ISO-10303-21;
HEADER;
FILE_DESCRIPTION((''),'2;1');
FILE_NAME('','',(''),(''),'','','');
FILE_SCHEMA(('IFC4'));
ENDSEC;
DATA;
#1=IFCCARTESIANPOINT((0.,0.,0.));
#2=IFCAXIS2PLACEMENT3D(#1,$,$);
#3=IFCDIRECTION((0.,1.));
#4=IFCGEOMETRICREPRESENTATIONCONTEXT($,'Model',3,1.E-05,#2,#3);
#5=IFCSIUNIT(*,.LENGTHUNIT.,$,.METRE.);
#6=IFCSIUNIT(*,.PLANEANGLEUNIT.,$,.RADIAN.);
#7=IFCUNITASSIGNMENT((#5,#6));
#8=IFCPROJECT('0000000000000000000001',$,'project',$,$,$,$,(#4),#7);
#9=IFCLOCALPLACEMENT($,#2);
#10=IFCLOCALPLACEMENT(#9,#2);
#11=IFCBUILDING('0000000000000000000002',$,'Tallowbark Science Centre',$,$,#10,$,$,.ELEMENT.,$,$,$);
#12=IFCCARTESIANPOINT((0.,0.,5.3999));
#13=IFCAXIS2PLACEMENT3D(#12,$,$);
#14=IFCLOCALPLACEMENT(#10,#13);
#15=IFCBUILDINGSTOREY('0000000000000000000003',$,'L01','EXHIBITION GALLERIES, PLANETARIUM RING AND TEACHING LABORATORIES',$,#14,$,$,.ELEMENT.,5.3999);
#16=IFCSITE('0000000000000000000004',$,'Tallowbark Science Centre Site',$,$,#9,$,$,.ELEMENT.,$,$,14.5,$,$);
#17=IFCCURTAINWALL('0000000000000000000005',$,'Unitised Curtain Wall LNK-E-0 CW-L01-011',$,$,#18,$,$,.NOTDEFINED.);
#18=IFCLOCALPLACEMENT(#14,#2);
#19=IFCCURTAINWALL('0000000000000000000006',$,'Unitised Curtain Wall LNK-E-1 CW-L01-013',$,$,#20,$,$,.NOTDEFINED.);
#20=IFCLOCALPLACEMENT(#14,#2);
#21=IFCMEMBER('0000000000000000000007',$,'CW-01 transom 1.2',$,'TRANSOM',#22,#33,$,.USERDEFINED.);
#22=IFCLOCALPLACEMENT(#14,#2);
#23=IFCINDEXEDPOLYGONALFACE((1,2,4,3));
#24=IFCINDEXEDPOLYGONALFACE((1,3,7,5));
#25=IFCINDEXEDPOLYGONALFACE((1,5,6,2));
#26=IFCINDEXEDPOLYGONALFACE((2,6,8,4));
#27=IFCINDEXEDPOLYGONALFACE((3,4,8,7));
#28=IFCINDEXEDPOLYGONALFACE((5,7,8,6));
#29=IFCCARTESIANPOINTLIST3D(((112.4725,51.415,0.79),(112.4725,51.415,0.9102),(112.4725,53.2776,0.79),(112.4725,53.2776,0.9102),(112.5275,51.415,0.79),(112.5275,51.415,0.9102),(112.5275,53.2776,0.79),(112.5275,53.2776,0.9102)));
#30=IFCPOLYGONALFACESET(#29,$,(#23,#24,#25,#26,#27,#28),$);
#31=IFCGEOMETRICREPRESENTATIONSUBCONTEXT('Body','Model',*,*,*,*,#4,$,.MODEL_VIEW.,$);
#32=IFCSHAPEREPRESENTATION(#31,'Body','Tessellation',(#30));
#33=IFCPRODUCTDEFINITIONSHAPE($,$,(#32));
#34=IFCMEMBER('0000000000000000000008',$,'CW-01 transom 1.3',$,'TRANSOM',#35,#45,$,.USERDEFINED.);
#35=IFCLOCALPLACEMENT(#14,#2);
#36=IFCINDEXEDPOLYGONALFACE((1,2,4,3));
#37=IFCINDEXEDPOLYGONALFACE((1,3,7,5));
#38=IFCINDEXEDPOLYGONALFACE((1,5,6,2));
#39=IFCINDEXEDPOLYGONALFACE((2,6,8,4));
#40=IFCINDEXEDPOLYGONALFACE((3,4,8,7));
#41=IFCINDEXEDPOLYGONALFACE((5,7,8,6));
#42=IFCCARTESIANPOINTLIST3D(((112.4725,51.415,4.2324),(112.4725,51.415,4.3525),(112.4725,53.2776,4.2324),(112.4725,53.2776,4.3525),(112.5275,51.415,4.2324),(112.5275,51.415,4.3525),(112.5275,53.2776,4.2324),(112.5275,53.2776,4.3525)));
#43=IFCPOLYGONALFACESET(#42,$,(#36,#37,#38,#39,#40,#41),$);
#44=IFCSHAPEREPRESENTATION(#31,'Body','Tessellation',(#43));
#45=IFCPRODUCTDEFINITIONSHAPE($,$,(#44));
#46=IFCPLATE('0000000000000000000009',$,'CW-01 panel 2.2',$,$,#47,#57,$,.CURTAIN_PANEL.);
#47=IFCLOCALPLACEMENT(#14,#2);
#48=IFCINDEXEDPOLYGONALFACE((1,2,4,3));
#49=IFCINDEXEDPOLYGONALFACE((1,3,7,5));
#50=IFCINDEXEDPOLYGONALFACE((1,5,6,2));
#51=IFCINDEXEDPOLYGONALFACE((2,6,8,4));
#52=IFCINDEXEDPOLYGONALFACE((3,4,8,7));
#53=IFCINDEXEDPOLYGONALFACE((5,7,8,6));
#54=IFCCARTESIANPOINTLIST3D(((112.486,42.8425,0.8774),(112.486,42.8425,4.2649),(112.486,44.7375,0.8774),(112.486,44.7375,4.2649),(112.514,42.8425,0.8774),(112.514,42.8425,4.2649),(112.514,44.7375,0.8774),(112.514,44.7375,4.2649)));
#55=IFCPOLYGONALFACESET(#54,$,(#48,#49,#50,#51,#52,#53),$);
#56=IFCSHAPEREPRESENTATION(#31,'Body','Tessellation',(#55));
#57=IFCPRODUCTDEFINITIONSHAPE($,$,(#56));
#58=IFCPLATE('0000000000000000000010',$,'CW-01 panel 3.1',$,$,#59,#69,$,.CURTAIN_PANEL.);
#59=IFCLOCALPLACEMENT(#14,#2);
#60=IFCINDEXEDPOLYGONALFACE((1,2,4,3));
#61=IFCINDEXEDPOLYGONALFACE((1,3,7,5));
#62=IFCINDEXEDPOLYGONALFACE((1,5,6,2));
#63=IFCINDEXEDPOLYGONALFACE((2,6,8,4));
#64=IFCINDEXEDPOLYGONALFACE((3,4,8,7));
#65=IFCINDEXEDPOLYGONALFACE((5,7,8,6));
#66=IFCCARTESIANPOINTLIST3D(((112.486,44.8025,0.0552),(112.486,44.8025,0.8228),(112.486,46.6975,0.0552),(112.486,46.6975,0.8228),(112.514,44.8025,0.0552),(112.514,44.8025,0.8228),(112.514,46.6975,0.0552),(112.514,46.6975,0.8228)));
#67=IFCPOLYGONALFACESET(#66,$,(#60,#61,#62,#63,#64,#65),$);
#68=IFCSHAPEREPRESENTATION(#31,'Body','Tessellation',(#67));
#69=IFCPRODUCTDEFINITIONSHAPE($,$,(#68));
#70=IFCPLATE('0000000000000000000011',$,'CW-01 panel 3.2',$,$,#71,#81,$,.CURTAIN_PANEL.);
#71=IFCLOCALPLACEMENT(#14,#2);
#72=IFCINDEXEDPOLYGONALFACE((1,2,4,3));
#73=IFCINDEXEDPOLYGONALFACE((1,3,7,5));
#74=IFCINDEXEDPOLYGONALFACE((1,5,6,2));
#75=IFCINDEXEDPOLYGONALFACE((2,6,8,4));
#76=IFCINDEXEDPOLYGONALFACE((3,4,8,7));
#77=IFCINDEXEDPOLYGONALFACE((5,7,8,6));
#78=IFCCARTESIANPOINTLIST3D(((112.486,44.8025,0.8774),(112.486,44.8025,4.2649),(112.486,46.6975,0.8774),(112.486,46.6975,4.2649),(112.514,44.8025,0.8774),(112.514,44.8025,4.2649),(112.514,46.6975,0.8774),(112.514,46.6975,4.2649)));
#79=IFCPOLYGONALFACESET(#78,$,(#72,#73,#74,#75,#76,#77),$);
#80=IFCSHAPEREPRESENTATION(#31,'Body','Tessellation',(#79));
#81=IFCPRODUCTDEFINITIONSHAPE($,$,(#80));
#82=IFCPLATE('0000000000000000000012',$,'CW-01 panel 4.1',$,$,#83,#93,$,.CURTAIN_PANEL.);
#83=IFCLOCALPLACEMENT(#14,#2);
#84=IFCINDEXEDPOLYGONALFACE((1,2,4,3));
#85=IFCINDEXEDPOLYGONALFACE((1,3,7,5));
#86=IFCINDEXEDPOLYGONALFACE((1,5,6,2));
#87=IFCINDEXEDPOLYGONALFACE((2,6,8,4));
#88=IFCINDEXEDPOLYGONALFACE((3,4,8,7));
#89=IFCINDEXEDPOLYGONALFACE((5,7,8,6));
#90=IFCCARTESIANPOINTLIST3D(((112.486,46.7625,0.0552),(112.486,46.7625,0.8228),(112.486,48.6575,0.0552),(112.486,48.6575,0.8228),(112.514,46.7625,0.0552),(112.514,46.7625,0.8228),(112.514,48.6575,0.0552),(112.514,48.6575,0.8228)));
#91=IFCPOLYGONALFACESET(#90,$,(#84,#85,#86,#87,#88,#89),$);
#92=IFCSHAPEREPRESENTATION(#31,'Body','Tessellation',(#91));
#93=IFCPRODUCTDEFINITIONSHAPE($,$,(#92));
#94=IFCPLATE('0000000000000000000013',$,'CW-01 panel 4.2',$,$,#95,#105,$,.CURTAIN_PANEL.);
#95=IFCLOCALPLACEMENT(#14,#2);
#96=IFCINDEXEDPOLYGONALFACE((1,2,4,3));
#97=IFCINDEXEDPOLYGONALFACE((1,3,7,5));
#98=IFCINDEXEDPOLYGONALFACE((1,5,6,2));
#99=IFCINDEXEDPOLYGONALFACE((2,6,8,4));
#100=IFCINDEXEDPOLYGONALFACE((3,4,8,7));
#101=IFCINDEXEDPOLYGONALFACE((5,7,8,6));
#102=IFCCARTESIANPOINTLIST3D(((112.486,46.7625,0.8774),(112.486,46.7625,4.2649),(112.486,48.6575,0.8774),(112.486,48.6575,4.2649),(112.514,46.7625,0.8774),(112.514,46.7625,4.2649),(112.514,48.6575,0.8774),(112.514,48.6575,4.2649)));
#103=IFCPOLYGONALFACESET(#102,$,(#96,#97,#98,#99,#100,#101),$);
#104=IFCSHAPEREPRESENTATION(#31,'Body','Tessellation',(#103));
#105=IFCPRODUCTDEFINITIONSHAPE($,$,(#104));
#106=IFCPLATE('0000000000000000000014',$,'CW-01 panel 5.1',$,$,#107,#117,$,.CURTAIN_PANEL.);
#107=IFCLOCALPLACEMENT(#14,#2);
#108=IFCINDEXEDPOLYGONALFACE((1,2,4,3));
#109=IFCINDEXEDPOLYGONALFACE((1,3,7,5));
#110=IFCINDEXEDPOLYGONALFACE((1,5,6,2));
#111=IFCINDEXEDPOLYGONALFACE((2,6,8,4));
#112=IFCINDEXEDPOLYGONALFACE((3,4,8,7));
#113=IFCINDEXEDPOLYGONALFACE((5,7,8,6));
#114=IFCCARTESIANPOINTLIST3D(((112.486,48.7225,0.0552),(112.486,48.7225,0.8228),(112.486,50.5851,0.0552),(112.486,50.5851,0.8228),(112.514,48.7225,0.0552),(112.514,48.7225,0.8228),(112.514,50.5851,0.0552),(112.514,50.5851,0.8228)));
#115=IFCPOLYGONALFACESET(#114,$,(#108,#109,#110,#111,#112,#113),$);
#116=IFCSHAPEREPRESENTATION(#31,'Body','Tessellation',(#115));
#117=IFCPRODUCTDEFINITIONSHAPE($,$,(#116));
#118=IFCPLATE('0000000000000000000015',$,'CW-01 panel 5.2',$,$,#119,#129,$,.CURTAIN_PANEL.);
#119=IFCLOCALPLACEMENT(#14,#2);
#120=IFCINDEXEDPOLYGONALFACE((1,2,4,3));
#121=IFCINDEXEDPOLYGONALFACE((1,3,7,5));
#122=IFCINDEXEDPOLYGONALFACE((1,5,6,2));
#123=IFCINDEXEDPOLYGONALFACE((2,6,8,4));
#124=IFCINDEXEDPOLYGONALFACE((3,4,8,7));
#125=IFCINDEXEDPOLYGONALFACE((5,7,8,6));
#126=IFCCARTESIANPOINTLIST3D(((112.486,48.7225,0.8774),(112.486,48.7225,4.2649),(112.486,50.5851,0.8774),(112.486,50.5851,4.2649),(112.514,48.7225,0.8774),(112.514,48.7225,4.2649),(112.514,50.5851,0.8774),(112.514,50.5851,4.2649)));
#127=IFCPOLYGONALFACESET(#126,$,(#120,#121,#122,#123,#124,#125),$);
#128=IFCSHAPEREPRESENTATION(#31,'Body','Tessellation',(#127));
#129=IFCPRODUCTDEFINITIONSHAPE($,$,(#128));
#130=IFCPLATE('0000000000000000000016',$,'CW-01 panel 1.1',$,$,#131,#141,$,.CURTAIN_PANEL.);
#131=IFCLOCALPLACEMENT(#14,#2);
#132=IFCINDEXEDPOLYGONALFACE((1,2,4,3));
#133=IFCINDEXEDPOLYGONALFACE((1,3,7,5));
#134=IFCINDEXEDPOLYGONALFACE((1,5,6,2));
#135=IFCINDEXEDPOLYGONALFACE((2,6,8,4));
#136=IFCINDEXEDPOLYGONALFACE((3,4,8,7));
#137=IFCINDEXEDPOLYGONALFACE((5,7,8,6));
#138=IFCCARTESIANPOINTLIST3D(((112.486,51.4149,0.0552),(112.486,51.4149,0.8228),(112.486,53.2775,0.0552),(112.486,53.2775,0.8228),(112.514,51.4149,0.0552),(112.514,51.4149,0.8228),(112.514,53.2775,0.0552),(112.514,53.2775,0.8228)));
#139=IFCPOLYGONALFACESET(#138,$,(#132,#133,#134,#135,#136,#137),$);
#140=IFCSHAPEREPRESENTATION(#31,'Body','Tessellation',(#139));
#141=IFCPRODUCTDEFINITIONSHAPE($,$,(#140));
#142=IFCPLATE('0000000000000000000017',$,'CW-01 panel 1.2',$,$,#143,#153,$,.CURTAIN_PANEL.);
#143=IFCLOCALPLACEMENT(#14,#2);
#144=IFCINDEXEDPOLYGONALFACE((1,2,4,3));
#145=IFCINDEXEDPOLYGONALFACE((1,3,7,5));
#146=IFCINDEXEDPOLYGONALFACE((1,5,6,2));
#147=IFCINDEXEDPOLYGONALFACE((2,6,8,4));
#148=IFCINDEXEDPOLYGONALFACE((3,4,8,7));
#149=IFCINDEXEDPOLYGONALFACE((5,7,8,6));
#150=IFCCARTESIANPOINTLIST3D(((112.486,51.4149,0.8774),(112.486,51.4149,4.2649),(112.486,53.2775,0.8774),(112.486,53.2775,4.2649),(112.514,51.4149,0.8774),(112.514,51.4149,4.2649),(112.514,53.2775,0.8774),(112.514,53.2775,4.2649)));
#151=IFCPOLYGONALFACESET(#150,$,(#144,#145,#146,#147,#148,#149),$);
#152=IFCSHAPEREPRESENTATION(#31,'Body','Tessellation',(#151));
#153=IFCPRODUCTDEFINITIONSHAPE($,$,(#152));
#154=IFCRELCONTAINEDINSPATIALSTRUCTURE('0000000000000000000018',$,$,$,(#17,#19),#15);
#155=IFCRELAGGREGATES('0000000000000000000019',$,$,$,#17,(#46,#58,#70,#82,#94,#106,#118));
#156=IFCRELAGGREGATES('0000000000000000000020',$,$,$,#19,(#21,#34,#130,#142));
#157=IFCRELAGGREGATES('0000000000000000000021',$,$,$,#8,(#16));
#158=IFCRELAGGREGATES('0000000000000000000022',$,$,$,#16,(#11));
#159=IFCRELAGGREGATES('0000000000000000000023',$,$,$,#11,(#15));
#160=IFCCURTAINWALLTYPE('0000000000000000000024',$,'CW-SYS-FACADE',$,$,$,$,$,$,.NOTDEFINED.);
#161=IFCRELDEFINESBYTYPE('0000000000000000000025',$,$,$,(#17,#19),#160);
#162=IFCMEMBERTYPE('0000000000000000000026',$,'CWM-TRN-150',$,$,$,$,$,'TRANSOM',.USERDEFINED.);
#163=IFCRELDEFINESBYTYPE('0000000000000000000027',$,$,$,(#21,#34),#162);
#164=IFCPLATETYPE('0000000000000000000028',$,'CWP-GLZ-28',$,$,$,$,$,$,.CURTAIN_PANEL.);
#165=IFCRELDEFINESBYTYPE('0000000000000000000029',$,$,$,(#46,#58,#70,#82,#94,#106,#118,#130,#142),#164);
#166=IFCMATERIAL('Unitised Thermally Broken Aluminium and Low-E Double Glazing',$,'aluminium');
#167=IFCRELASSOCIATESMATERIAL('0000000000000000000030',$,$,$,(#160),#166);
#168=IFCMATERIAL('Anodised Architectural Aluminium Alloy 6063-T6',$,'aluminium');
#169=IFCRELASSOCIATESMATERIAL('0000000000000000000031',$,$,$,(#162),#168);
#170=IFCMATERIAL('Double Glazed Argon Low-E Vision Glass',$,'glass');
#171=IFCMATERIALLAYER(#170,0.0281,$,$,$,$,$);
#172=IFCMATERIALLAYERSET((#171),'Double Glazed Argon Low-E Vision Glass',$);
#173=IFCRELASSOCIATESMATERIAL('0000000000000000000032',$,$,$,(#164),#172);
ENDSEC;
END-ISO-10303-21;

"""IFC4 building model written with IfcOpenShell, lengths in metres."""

from ifc_helpers import new_model, si_unit, direction, frame, origin, origin_2d, place, context, subcontext, project, spatial, rectangle, extrude, material, layer, layer_set, material_profile, profile_set, type_object, element, aggregate, save


model = new_model("IFC4")

# Units and contexts
model_context = context("Model", 3, precision=1e-05, world=origin(), true_north=direction((0.0, 1.0)))
body_context = subcontext(model_context, "Body", "Model", "MODEL_VIEW")
ifc_project = project(units=[si_unit("LENGTHUNIT", "METRE"), si_unit("PLANEANGLEUNIT", "RADIAN")], contexts=[model_context])

# Site, building, storey
site_placement = place(None, origin())
site = spatial("IfcSite", under=ifc_project, at=site_placement, Name="Tallowbark Science Centre Site", CompositionType="ELEMENT", RefElevation=14.5)
building_placement = place(site_placement, origin())
building = spatial("IfcBuilding", under=site, at=building_placement, Name="Tallowbark Science Centre", CompositionType="ELEMENT")
storey_placement = place(building_placement, frame((0.0, 0.0, 5.3999)))
storey = spatial("IfcBuildingStorey", under=building, at=storey_placement, Name="L01", Description="EXHIBITION GALLERIES, PLANETARIUM RING AND TEACHING LABORATORIES", CompositionType="ELEMENT", Elevation=5.3999)

# Curtain wall
ifc_material_1 = material(Name="Unitised Thermally Broken Aluminium and Low-E Double Glazing", Category="aluminium")
curtain_wall_type = type_object("IfcCurtainWallType", Name="CW-SYS-FACADE", PredefinedType="NOTDEFINED", material=ifc_material_1)
curtain_wall_1_placement = place(storey_placement, origin())
curtain_wall_1 = element("IfcCurtainWall", 1, at=curtain_wall_1_placement, inside=storey, type_object=curtain_wall_type, Name="Unitised Curtain Wall LNK-E-0 CW-L01-011", PredefinedType="NOTDEFINED")
ifc_material_2 = material(Name="Anodised Architectural Aluminium Alloy 6063-T6", Category="aluminium")

# Curtain wall
curtain_wall_2_placement = place(storey_placement, origin())
curtain_wall_2 = element("IfcCurtainWall", 2, at=curtain_wall_2_placement, inside=storey, type_object=curtain_wall_type, Name="Unitised Curtain Wall LNK-E-1 CW-L01-013", PredefinedType="NOTDEFINED")

# Members
ifc_material_profile_1 = material_profile(ifc_material_2, rectangle(XDim=0.0549, YDim=0.1201, at=origin_2d()), Name="ALU55x120")
ifc_profile_set_1 = profile_set([ifc_material_profile_1], Name="Anodised Architectural Aluminium Alloy 6063-T6")
member_type_1 = type_object("IfcMemberType", Name="CWM-TRN-150", ElementType="TRANSOM", PredefinedType="USERDEFINED", material=ifc_profile_set_1)
member_1_placement = place(storey_placement, frame((112.5, 51.415, 0.8501), z_axis=(0.0, 1.0, 0.0), x_axis=(-1.0, 0.0, 0.0)))
member_1 = element("IfcMember", 3, at=member_1_placement, type_object=member_type_1, Name="CW-01 transom 1.2", ObjectType="TRANSOM", PredefinedType="USERDEFINED", context=body_context, shape_type="SweptSolid", body=[
    extrude(rectangle(XDim=0.0549, YDim=0.1201, at=origin_2d()), origin(), (0.0, 0.0, 1.0), 1.8625),
])
member_2_placement = place(storey_placement, frame((112.5, 51.415, 4.2925), z_axis=(0.0, 1.0, 0.0), x_axis=(-1.0, 0.0, 0.0)))
member_2 = element("IfcMember", 4, at=member_2_placement, type_object=member_type_1, Name="CW-01 transom 1.3", ObjectType="TRANSOM", PredefinedType="USERDEFINED", context=body_context, shape_type="SweptSolid", body=[
    extrude(rectangle(XDim=0.0549, YDim=0.1201, at=origin_2d()), origin(), (0.0, 0.0, 1.0), 1.8625),
])

# Plates
ifc_material_3 = material(Name="Double Glazed Argon Low-E Vision Glass", Category="glass")
ifc_layer = layer(ifc_material_3, 0.0281)
ifc_layer_set = layer_set([ifc_layer], Name="Double Glazed Argon Low-E Vision Glass")
plate_type = type_object("IfcPlateType", Name="CWP-GLZ-28", PredefinedType="CURTAIN_PANEL", material=ifc_layer_set)
plate_1_placement = place(storey_placement, frame((112.5, 43.79, 0.8774), z_axis=(0.0, 0.0, 1.0), x_axis=(0.0, 1.0, 0.0)))
plate_1 = element("IfcPlate", 5, at=plate_1_placement, type_object=plate_type, Name="CW-01 panel 2.2", PredefinedType="CURTAIN_PANEL", context=body_context, shape_type="SweptSolid", body=[
    extrude(rectangle(XDim=1.895, YDim=0.0281, at=origin_2d()), origin(), (0.0, 0.0, 1.0), 3.3875),
])
plate_2_placement = place(storey_placement, frame((112.5, 45.75, 0.0552), z_axis=(0.0, 0.0, 1.0), x_axis=(0.0, 1.0, 0.0)))
plate_2 = element("IfcPlate", 6, at=plate_2_placement, type_object=plate_type, Name="CW-01 panel 3.1", PredefinedType="CURTAIN_PANEL", context=body_context, shape_type="SweptSolid", body=[
    extrude(rectangle(XDim=1.895, YDim=0.0281, at=origin_2d()), origin(), (0.0, 0.0, 1.0), 0.7676),
])
plate_3_placement = place(storey_placement, frame((112.5, 45.75, 0.8774), z_axis=(0.0, 0.0, 1.0), x_axis=(0.0, 1.0, 0.0)))
plate_3 = element("IfcPlate", 7, at=plate_3_placement, type_object=plate_type, Name="CW-01 panel 3.2", PredefinedType="CURTAIN_PANEL", context=body_context, shape_type="SweptSolid", body=[
    extrude(rectangle(XDim=1.895, YDim=0.0281, at=origin_2d()), origin(), (0.0, 0.0, 1.0), 3.3875),
])
plate_4_placement = place(storey_placement, frame((112.5, 47.71, 0.0552), z_axis=(0.0, 0.0, 1.0), x_axis=(0.0, 1.0, 0.0)))
plate_4 = element("IfcPlate", 8, at=plate_4_placement, type_object=plate_type, Name="CW-01 panel 4.1", PredefinedType="CURTAIN_PANEL", context=body_context, shape_type="SweptSolid", body=[
    extrude(rectangle(XDim=1.895, YDim=0.0281, at=origin_2d()), origin(), (0.0, 0.0, 1.0), 0.7676),
])
plate_5_placement = place(storey_placement, frame((112.5, 47.71, 0.8774), z_axis=(0.0, 0.0, 1.0), x_axis=(0.0, 1.0, 0.0)))
plate_5 = element("IfcPlate", 9, at=plate_5_placement, type_object=plate_type, Name="CW-01 panel 4.2", PredefinedType="CURTAIN_PANEL", context=body_context, shape_type="SweptSolid", body=[
    extrude(rectangle(XDim=1.895, YDim=0.0281, at=origin_2d()), origin(), (0.0, 0.0, 1.0), 3.3875),
])
plate_6_placement = place(storey_placement, frame((112.5, 49.6538, 0.0552), z_axis=(0.0, 0.0, 1.0), x_axis=(0.0, 1.0, 0.0)))
plate_6 = element("IfcPlate", 10, at=plate_6_placement, type_object=plate_type, Name="CW-01 panel 5.1", PredefinedType="CURTAIN_PANEL", context=body_context, shape_type="SweptSolid", body=[
    extrude(rectangle(XDim=1.8625, YDim=0.0281, at=origin_2d()), origin(), (0.0, 0.0, 1.0), 0.7676),
])
plate_7_placement = place(storey_placement, frame((112.5, 49.6538, 0.8774), z_axis=(0.0, 0.0, 1.0), x_axis=(0.0, 1.0, 0.0)))
plate_7 = element("IfcPlate", 11, at=plate_7_placement, type_object=plate_type, Name="CW-01 panel 5.2", PredefinedType="CURTAIN_PANEL", context=body_context, shape_type="SweptSolid", body=[
    extrude(rectangle(XDim=1.8625, YDim=0.0281, at=origin_2d()), origin(), (0.0, 0.0, 1.0), 3.3875),
])
aggregate(curtain_wall_1, [plate_1, plate_2, plate_3, plate_4, plate_5, plate_6, plate_7])
plate_8_placement = place(storey_placement, frame((112.5, 52.3462, 0.0552), z_axis=(0.0, 0.0, 1.0), x_axis=(0.0, 1.0, 0.0)))
plate_8 = element("IfcPlate", 12, at=plate_8_placement, type_object=plate_type, Name="CW-01 panel 1.1", PredefinedType="CURTAIN_PANEL", context=body_context, shape_type="SweptSolid", body=[
    extrude(rectangle(XDim=1.8625, YDim=0.0281, at=origin_2d()), origin(), (0.0, 0.0, 1.0), 0.7676),
])
plate_9_placement = place(storey_placement, frame((112.5, 52.3462, 0.8774), z_axis=(0.0, 0.0, 1.0), x_axis=(0.0, 1.0, 0.0)))
plate_9 = element("IfcPlate", 13, at=plate_9_placement, type_object=plate_type, Name="CW-01 panel 1.2", PredefinedType="CURTAIN_PANEL", context=body_context, shape_type="SweptSolid", body=[
    extrude(rectangle(XDim=1.8625, YDim=0.0281, at=origin_2d()), origin(), (0.0, 0.0, 1.0), 3.3875),
])
aggregate(curtain_wall_2, [member_1, member_2, plate_8, plate_9])

save(model, "model.ifc")
